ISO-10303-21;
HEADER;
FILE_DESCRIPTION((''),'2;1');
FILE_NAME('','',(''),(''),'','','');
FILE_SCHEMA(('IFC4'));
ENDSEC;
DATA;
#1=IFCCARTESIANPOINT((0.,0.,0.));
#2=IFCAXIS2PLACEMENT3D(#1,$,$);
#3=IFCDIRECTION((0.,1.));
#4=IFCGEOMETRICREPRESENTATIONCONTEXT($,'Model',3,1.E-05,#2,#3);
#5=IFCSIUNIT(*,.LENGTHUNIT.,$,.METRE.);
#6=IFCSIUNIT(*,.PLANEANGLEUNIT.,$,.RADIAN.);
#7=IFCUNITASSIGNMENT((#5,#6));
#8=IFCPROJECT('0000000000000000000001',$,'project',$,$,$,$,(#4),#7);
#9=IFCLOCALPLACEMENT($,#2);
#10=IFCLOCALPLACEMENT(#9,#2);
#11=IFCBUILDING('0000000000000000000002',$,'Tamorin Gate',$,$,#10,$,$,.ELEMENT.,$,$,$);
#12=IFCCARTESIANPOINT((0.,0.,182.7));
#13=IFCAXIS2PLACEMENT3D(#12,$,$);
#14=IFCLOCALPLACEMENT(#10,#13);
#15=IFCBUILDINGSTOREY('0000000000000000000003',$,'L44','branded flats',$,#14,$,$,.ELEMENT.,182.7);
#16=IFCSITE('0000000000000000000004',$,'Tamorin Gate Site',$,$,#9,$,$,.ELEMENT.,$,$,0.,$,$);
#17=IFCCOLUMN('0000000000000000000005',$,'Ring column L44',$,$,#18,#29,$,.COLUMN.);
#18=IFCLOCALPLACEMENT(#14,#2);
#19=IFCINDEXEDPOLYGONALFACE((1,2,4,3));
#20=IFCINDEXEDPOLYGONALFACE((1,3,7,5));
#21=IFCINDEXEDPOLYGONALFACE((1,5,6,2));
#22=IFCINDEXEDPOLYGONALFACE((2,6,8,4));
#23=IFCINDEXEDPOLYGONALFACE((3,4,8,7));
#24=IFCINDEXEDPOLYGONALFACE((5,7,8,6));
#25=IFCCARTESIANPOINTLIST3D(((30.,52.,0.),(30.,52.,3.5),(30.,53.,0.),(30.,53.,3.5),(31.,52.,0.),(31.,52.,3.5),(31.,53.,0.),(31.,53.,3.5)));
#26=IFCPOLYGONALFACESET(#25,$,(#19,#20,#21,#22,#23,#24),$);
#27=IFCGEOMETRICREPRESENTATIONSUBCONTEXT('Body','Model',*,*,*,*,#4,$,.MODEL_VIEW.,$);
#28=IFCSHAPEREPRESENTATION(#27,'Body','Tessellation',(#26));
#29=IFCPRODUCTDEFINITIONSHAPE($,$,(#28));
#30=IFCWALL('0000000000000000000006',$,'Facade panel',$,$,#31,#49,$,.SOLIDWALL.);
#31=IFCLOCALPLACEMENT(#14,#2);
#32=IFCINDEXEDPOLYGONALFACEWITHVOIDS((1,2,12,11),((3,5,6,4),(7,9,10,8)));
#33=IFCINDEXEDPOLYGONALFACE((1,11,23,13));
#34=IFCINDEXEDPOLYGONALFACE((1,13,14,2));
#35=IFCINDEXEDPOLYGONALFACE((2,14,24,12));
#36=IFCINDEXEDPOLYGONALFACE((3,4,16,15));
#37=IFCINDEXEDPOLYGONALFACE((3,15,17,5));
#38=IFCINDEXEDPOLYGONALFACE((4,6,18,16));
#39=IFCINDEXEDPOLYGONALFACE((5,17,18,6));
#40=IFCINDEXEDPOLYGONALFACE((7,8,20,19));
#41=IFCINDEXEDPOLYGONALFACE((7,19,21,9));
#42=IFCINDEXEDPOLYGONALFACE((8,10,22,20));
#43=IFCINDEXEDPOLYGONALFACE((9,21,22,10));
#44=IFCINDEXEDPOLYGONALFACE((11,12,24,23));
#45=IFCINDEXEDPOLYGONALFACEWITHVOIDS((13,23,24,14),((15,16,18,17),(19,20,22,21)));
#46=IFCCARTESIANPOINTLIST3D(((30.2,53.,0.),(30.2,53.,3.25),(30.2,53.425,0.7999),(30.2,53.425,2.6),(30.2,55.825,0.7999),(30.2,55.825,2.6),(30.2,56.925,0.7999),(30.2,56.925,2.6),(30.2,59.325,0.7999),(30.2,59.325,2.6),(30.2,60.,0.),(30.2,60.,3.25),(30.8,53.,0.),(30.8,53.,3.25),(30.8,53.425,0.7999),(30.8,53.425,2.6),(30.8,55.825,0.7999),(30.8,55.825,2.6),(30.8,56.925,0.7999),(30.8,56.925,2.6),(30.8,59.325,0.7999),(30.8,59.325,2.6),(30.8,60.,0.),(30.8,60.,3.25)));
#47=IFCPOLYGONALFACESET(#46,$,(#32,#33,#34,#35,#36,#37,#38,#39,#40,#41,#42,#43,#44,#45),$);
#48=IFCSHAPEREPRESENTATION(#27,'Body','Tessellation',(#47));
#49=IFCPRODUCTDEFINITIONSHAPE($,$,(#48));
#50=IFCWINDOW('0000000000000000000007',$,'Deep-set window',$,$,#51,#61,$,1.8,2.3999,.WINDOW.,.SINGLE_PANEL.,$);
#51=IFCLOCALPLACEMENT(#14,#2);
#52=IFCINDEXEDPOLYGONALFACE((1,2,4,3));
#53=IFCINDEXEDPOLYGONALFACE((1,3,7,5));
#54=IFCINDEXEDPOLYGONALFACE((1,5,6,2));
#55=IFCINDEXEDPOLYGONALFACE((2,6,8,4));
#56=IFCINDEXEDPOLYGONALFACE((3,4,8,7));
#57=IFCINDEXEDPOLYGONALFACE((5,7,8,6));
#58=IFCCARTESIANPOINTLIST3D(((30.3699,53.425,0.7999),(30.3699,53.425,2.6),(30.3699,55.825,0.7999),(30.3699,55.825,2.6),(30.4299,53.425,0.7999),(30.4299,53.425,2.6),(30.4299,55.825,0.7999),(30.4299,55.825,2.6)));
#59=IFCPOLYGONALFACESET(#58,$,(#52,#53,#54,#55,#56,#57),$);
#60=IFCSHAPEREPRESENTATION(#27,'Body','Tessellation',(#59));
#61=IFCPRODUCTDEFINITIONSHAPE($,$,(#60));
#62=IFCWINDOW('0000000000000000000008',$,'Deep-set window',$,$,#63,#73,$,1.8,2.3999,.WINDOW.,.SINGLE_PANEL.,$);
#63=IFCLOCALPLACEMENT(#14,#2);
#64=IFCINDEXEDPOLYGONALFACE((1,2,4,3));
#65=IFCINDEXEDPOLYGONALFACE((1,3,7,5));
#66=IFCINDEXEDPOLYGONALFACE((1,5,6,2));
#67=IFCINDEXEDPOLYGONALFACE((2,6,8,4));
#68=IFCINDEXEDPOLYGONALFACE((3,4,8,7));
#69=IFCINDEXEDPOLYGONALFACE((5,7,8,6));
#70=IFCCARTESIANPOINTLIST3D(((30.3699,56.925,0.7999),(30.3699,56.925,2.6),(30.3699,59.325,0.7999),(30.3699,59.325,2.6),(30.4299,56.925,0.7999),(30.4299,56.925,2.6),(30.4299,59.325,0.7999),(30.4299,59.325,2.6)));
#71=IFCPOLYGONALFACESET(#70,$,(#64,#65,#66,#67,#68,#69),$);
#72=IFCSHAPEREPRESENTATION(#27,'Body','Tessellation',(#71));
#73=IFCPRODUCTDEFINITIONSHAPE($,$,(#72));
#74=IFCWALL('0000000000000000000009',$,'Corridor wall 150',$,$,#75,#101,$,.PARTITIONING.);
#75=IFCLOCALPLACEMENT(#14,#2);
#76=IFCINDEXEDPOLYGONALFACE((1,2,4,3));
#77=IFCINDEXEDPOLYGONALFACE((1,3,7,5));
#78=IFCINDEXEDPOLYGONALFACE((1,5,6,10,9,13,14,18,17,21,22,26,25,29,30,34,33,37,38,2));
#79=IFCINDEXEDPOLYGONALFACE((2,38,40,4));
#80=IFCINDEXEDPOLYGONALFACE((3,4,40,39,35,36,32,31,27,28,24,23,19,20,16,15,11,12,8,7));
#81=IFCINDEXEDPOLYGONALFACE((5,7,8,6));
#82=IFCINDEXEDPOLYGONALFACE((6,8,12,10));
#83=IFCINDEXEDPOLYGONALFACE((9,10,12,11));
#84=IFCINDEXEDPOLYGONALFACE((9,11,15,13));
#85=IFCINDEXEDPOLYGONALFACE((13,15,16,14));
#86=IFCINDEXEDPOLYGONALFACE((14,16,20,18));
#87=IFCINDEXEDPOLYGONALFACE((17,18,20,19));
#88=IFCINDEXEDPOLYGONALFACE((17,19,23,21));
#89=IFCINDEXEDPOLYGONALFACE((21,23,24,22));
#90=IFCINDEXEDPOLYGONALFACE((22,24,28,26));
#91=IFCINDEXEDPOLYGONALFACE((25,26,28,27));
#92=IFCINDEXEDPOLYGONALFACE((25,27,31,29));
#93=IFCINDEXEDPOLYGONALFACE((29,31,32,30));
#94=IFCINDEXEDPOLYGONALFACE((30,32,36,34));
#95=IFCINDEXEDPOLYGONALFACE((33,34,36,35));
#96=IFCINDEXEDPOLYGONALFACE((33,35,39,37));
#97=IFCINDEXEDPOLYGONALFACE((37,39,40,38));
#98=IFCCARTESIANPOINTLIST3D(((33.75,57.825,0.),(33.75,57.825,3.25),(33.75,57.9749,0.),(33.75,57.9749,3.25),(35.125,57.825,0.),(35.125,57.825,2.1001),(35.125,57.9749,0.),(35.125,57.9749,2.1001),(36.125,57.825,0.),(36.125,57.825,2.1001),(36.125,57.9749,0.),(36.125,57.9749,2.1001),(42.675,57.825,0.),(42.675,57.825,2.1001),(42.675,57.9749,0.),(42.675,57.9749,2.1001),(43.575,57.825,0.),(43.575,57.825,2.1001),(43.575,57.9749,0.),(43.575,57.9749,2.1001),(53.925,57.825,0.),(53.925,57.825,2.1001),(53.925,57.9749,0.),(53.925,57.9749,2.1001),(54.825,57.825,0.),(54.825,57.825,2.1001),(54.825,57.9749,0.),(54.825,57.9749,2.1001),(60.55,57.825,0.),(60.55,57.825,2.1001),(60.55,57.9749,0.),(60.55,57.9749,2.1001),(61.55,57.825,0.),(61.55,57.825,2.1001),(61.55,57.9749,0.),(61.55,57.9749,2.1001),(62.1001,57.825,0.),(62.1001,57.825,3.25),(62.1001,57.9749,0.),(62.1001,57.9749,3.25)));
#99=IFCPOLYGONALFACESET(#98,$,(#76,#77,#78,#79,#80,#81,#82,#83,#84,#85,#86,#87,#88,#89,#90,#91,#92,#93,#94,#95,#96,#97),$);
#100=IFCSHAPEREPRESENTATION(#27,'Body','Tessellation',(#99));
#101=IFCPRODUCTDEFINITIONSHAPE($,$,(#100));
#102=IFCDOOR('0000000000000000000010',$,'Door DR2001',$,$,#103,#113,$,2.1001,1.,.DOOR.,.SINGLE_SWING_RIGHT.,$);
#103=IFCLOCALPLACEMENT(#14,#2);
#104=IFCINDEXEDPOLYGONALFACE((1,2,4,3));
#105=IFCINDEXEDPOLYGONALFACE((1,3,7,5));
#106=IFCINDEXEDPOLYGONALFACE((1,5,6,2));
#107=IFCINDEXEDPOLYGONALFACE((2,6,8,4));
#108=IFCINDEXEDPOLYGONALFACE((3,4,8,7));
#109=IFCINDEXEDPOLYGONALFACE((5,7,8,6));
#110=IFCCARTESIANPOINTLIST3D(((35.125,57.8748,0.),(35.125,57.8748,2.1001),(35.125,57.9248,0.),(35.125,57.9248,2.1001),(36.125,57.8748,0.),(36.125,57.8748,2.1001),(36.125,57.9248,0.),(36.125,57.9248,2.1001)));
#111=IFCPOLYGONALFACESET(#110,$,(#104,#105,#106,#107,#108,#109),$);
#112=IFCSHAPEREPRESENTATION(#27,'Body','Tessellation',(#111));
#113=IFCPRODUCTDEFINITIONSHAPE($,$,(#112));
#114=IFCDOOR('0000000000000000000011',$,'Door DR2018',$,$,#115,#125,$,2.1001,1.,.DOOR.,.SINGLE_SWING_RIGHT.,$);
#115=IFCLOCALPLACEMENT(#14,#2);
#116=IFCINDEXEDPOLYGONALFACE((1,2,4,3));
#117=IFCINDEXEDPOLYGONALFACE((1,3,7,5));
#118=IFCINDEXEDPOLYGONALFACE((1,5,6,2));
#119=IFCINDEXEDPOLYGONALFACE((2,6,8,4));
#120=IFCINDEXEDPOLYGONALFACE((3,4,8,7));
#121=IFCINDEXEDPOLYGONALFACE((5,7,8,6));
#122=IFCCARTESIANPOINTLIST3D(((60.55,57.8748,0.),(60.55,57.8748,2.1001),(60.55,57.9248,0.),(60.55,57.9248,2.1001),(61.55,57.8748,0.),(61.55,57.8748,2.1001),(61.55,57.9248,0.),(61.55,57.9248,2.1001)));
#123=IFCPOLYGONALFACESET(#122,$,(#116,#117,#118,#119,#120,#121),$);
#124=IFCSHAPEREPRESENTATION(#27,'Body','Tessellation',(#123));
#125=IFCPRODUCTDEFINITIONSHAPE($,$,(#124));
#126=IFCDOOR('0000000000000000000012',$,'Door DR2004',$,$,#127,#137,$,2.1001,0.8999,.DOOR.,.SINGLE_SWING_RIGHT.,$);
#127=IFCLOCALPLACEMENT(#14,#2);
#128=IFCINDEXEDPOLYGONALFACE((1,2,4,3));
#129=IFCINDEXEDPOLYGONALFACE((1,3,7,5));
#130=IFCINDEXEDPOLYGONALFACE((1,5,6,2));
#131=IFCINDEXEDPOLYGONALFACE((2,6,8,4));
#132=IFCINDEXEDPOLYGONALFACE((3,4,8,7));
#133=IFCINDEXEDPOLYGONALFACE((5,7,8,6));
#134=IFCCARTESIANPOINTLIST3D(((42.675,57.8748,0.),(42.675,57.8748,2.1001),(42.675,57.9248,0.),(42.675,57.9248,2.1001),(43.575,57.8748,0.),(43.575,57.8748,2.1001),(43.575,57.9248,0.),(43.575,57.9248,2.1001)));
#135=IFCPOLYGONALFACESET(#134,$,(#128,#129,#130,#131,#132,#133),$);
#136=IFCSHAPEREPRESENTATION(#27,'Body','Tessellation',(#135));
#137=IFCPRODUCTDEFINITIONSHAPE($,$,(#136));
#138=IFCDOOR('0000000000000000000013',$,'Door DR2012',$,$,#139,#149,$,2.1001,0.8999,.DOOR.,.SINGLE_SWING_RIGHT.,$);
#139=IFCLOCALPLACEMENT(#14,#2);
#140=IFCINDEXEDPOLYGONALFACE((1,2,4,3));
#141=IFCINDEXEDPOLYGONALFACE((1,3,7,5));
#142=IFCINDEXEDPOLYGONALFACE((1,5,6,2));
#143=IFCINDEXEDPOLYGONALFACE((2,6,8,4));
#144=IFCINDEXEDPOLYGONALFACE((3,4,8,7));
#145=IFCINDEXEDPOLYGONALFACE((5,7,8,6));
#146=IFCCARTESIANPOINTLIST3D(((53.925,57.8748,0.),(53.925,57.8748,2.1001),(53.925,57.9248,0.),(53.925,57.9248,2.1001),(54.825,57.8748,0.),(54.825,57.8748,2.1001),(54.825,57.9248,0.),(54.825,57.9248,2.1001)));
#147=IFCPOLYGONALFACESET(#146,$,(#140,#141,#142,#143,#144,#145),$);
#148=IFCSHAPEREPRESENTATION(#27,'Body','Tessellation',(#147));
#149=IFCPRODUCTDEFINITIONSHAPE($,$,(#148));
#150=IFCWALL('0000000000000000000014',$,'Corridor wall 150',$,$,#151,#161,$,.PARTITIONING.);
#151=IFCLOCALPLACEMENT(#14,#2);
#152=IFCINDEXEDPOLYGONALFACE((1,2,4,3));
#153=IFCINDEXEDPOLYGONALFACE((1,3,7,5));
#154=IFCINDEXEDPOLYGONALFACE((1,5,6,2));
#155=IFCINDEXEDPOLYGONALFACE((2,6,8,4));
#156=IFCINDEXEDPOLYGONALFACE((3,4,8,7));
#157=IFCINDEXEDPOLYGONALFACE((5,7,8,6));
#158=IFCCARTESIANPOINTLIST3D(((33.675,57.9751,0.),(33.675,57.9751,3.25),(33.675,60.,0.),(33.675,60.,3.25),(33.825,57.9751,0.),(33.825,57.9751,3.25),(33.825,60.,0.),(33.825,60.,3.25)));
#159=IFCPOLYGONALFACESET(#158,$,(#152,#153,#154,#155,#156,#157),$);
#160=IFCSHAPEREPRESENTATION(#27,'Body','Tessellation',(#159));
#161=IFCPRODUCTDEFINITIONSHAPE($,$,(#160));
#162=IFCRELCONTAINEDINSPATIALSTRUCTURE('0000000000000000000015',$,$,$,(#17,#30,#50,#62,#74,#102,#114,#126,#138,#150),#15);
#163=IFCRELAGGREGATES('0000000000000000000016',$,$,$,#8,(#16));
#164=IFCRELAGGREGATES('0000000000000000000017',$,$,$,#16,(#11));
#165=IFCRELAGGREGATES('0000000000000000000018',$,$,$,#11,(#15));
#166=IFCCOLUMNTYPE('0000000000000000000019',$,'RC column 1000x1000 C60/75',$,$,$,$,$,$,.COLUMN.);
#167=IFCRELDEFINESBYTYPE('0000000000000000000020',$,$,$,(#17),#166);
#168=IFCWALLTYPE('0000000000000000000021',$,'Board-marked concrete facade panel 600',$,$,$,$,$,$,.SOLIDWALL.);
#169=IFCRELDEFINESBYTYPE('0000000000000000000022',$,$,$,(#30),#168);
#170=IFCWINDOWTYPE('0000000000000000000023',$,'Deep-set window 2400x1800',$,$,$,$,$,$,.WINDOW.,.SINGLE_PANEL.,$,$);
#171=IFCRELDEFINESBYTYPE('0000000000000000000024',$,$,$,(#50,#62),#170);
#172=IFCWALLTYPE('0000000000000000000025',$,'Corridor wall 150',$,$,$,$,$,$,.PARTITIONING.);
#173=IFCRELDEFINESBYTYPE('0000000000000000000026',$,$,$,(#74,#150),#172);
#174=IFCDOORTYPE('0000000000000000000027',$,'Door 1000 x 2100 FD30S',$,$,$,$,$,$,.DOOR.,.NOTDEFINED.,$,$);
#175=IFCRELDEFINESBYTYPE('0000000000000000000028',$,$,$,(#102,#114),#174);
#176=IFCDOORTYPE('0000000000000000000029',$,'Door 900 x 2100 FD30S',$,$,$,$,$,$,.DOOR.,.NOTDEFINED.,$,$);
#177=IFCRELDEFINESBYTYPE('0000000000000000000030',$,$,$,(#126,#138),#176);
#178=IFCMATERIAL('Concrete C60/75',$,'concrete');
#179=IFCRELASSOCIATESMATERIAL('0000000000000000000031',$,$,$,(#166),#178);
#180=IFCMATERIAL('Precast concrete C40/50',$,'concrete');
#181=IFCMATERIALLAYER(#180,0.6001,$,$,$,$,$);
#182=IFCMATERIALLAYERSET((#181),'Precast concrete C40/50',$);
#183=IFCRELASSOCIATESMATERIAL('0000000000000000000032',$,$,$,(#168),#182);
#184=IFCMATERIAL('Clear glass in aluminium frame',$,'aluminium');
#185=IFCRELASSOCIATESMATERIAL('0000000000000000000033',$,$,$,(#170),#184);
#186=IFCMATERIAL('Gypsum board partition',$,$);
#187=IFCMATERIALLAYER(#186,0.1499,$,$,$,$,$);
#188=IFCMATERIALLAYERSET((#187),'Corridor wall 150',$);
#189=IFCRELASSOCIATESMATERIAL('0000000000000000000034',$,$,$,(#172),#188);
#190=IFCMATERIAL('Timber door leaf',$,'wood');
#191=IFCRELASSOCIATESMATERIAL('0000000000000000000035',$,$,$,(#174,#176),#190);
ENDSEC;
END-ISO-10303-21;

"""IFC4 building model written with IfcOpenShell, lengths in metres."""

from ifc_helpers import new_model, si_unit, direction, frame, frame_2d, origin, origin_2d, place, context, subcontext, project, spatial, rectangle, extrude, material, layer, layer_set, material_profile, profile_set, type_object, element, fill, save


model = new_model("IFC4")

# Units and contexts
model_context = context("Model", 3, precision=1e-05, world=origin(), true_north=direction((0.0, 1.0)))
body_context = subcontext(model_context, "Body", "Model", "MODEL_VIEW")
ifc_project = project(units=[si_unit("LENGTHUNIT", "METRE"), si_unit("PLANEANGLEUNIT", "RADIAN")], contexts=[model_context])

# Site, building, storey
site_placement = place(None, origin())
site = spatial("IfcSite", under=ifc_project, at=site_placement, Name="Tamorin Gate Site", CompositionType="ELEMENT", RefElevation=0.0)
building_placement = place(site_placement, origin())
building = spatial("IfcBuilding", under=site, at=building_placement, Name="Tamorin Gate", CompositionType="ELEMENT")
storey_placement = place(building_placement, frame((0.0, 0.0, 182.7)))
storey = spatial("IfcBuildingStorey", under=building, at=storey_placement, Name="L44", Description="branded flats", CompositionType="ELEMENT", Elevation=182.7)

# Column
ifc_material_1 = material(Name="Concrete C60/75", Category="concrete")
ifc_material_profile = material_profile(ifc_material_1, rectangle(XDim=1.0, YDim=1.0, at=origin_2d()), Name="RC 1000x1000")
ifc_profile_set = profile_set([ifc_material_profile], Name="Concrete C60/75")
column_type = type_object("IfcColumnType", Name="RC column 1000x1000 C60/75", PredefinedType="COLUMN", material=ifc_profile_set)
column_placement = place(storey_placement, frame((30.5, 52.5, 0.0), z_axis=(0.0, 0.0, 1.0), x_axis=(1.0, 0.0, 0.0)))
element("IfcColumn", 1, at=column_placement, inside=storey, type_object=column_type, Name="Ring column L44", PredefinedType="COLUMN", context=body_context, shape_type="SweptSolid", body=[
    extrude(rectangle(XDim=1.0, YDim=1.0, at=origin_2d()), origin(), (0.0, 0.0, 1.0), 3.5),
])

# Wall, openings, windows
ifc_material_2 = material(Name="Precast concrete C40/50", Category="concrete")
ifc_layer_1 = layer(ifc_material_2, 0.6001)
ifc_layer_set_1 = layer_set([ifc_layer_1], Name="Precast concrete C40/50")
wall_type_1 = type_object("IfcWallType", Name="Board-marked concrete facade panel 600", PredefinedType="SOLIDWALL", material=ifc_layer_set_1)
wall_1_placement = place(storey_placement, frame((30.5, 60.0, 0.0), z_axis=(0.0, 0.0, 1.0), x_axis=(0.0, -1.0, 0.0)))
wall_1 = element("IfcWall", 2, at=wall_1_placement, inside=storey, type_object=wall_type_1, Name="Facade panel", PredefinedType="SOLIDWALL", context=body_context, shape_type="SweptSolid", body=[
    extrude(rectangle(XDim=7.0, YDim=0.6001, at=frame_2d((3.5, 0.0))), origin(), (0.0, 0.0, 1.0), 3.25),
])
opening_1_placement = place(wall_1_placement, frame((4.175, 0.0, 0.8)))
opening_1 = element("IfcOpeningElement", 3, at=opening_1_placement, cuts=wall_1, PredefinedType="OPENING", context=body_context, shape_type="SweptSolid", body=[
    extrude(rectangle(XDim=2.3999, YDim=1.8, at=frame_2d((1.2, 0.8999))), frame((0.0, 0.3101, 0.0), z_axis=(0.0, -1.0, 0.0), x_axis=(1.0, 0.0, 0.0)), (0.0, 0.0, 1.0), 0.6201),
])
opening_2_placement = place(wall_1_placement, frame((0.675, 0.0, 0.8)))
opening_2 = element("IfcOpeningElement", 4, at=opening_2_placement, cuts=wall_1, PredefinedType="OPENING", context=body_context, shape_type="SweptSolid", body=[
    extrude(rectangle(XDim=2.3999, YDim=1.8, at=frame_2d((1.2, 0.8999))), frame((0.0, 0.3101, 0.0), z_axis=(0.0, -1.0, 0.0), x_axis=(1.0, 0.0, 0.0)), (0.0, 0.0, 1.0), 0.6201),
])
ifc_material_3 = material(Name="Clear glass in aluminium frame", Category="aluminium")
window_type = type_object("IfcWindowType", Name="Deep-set window 2400x1800", PartitioningType="SINGLE_PANEL", PredefinedType="WINDOW", material=ifc_material_3)
window_1_placement = place(opening_1_placement, origin())
window_1 = element("IfcWindow", 5, at=window_1_placement, inside=storey, type_object=window_type, Name="Deep-set window", OverallHeight=1.8, OverallWidth=2.3999, PartitioningType="SINGLE_PANEL", PredefinedType="WINDOW", context=body_context, shape_type="SweptSolid", body=[
    extrude(rectangle(XDim=2.3999, YDim=1.8, at=frame_2d((1.2, 0.8999))), frame((0.0, -0.0701, 0.0), z_axis=(0.0, -1.0, 0.0), x_axis=(1.0, 0.0, 0.0)), (0.0, 0.0, 1.0), 0.0601),
])
fill(opening_1, window_1)
window_2_placement = place(opening_2_placement, origin())
window_2 = element("IfcWindow", 6, at=window_2_placement, inside=storey, type_object=window_type, Name="Deep-set window", OverallHeight=1.8, OverallWidth=2.3999, PartitioningType="SINGLE_PANEL", PredefinedType="WINDOW", context=body_context, shape_type="SweptSolid", body=[
    extrude(rectangle(XDim=2.3999, YDim=1.8, at=frame_2d((1.2, 0.8999))), frame((0.0, -0.0701, 0.0), z_axis=(0.0, -1.0, 0.0), x_axis=(1.0, 0.0, 0.0)), (0.0, 0.0, 1.0), 0.0601),
])
fill(opening_2, window_2)

# Wall, openings, doors
ifc_material_4 = material(Name="Gypsum board partition")
ifc_layer_2 = layer(ifc_material_4, 0.1499)
ifc_layer_set_2 = layer_set([ifc_layer_2], Name="Corridor wall 150")
wall_type_2 = type_object("IfcWallType", Name="Corridor wall 150", PredefinedType="PARTITIONING", material=ifc_layer_set_2)
wall_2_placement = place(storey_placement, frame((33.75, 57.8999, 0.0), z_axis=(0.0, 0.0, 1.0), x_axis=(1.0, 0.0, 0.0)))
wall_2 = element("IfcWall", 7, at=wall_2_placement, inside=storey, type_object=wall_type_2, Name="Corridor wall 150", PredefinedType="PARTITIONING", context=body_context, shape_type="SweptSolid", body=[
    extrude(rectangle(XDim=28.3501, YDim=0.1499, at=frame_2d((14.175, 0.0))), origin(), (0.0, 0.0, 1.0), 3.25),
])
opening_3_placement = place(wall_2_placement, frame((1.375, 0.0, 0.0)))
opening_3 = element("IfcOpeningElement", 8, at=opening_3_placement, cuts=wall_2, PredefinedType="OPENING", context=body_context, shape_type="SweptSolid", body=[
    extrude(rectangle(XDim=1.0, YDim=2.1001, at=frame_2d((0.5, 1.05))), frame((0.0, 0.085, 0.0), z_axis=(0.0, -1.0, 0.0), x_axis=(1.0, 0.0, 0.0)), (0.0, 0.0, 1.0), 0.1699),
])
opening_4_placement = place(wall_2_placement, frame((8.925, 0.0, 0.0)))
opening_4 = element("IfcOpeningElement", 9, at=opening_4_placement, cuts=wall_2, PredefinedType="OPENING", context=body_context, shape_type="SweptSolid", body=[
    extrude(rectangle(XDim=0.8999, YDim=2.1001, at=frame_2d((0.45, 1.05))), frame((0.0, 0.085, 0.0), z_axis=(0.0, -1.0, 0.0), x_axis=(1.0, 0.0, 0.0)), (0.0, 0.0, 1.0), 0.1699),
])
opening_5_placement = place(wall_2_placement, frame((20.175, 0.0, 0.0)))
opening_5 = element("IfcOpeningElement", 10, at=opening_5_placement, cuts=wall_2, PredefinedType="OPENING", context=body_context, shape_type="SweptSolid", body=[
    extrude(rectangle(XDim=0.8999, YDim=2.1001, at=frame_2d((0.45, 1.05))), frame((0.0, 0.085, 0.0), z_axis=(0.0, -1.0, 0.0), x_axis=(1.0, 0.0, 0.0)), (0.0, 0.0, 1.0), 0.1699),
])
opening_6_placement = place(wall_2_placement, frame((26.8, 0.0, 0.0)))
opening_6 = element("IfcOpeningElement", 11, at=opening_6_placement, cuts=wall_2, PredefinedType="OPENING", context=body_context, shape_type="SweptSolid", body=[
    extrude(rectangle(XDim=1.0, YDim=2.1001, at=frame_2d((0.5, 1.05))), frame((0.0, 0.085, 0.0), z_axis=(0.0, -1.0, 0.0), x_axis=(1.0, 0.0, 0.0)), (0.0, 0.0, 1.0), 0.1699),
])
ifc_material_5 = material(Name="Timber door leaf", Category="wood")
door_type_1 = type_object("IfcDoorType", Name="Door 1000 x 2100 FD30S", OperationType="NOTDEFINED", PredefinedType="DOOR", material=ifc_material_5)
door_1_placement = place(opening_3_placement, origin())
door_1 = element("IfcDoor", 12, at=door_1_placement, inside=storey, type_object=door_type_1, Name="Door DR2001", OperationType="SINGLE_SWING_RIGHT", OverallHeight=2.1001, OverallWidth=1.0, PredefinedType="DOOR", context=body_context, shape_type="SweptSolid", body=[
    extrude(rectangle(XDim=1.0, YDim=2.1001, at=frame_2d((0.5, 1.05))), frame((0.0, 0.0249, 0.0), z_axis=(0.0, -1.0, 0.0), x_axis=(1.0, 0.0, 0.0)), (0.0, 0.0, 1.0), 0.05),
])
fill(opening_3, door_1)
door_2_placement = place(opening_6_placement, origin())
door_2 = element("IfcDoor", 13, at=door_2_placement, inside=storey, type_object=door_type_1, Name="Door DR2018", OperationType="SINGLE_SWING_RIGHT", OverallHeight=2.1001, OverallWidth=1.0, PredefinedType="DOOR", context=body_context, shape_type="SweptSolid", body=[
    extrude(rectangle(XDim=1.0, YDim=2.1001, at=frame_2d((0.5, 1.05))), frame((0.0, 0.0249, 0.0), z_axis=(0.0, -1.0, 0.0), x_axis=(1.0, 0.0, 0.0)), (0.0, 0.0, 1.0), 0.05),
])
fill(opening_6, door_2)
door_type_2 = type_object("IfcDoorType", Name="Door 900 x 2100 FD30S", OperationType="NOTDEFINED", PredefinedType="DOOR", material=ifc_material_5)
door_3_placement = place(opening_4_placement, origin())
door_3 = element("IfcDoor", 14, at=door_3_placement, inside=storey, type_object=door_type_2, Name="Door DR2004", OperationType="SINGLE_SWING_RIGHT", OverallHeight=2.1001, OverallWidth=0.8999, PredefinedType="DOOR", context=body_context, shape_type="SweptSolid", body=[
    extrude(rectangle(XDim=0.8999, YDim=2.1001, at=frame_2d((0.45, 1.05))), frame((0.0, 0.0249, 0.0), z_axis=(0.0, -1.0, 0.0), x_axis=(1.0, 0.0, 0.0)), (0.0, 0.0, 1.0), 0.05),
])
fill(opening_4, door_3)
door_4_placement = place(opening_5_placement, origin())
door_4 = element("IfcDoor", 15, at=door_4_placement, inside=storey, type_object=door_type_2, Name="Door DR2012", OperationType="SINGLE_SWING_RIGHT", OverallHeight=2.1001, OverallWidth=0.8999, PredefinedType="DOOR", context=body_context, shape_type="SweptSolid", body=[
    extrude(rectangle(XDim=0.8999, YDim=2.1001, at=frame_2d((0.45, 1.05))), frame((0.0, 0.0249, 0.0), z_axis=(0.0, -1.0, 0.0), x_axis=(1.0, 0.0, 0.0)), (0.0, 0.0, 1.0), 0.05),
])
fill(opening_5, door_4)

# Wall
wall_3_placement = place(storey_placement, frame((33.75, 57.9751, 0.0), z_axis=(0.0, 0.0, 1.0), x_axis=(0.0, 1.0, 0.0)))
element("IfcWall", 16, at=wall_3_placement, inside=storey, type_object=wall_type_2, Name="Corridor wall 150", PredefinedType="PARTITIONING", context=body_context, shape_type="SweptSolid", body=[
    extrude(rectangle(XDim=2.0249, YDim=0.1499, at=frame_2d((1.0125, 0.0))), origin(), (0.0, 0.0, 1.0), 3.25),
])

save(model, "model.ifc")
